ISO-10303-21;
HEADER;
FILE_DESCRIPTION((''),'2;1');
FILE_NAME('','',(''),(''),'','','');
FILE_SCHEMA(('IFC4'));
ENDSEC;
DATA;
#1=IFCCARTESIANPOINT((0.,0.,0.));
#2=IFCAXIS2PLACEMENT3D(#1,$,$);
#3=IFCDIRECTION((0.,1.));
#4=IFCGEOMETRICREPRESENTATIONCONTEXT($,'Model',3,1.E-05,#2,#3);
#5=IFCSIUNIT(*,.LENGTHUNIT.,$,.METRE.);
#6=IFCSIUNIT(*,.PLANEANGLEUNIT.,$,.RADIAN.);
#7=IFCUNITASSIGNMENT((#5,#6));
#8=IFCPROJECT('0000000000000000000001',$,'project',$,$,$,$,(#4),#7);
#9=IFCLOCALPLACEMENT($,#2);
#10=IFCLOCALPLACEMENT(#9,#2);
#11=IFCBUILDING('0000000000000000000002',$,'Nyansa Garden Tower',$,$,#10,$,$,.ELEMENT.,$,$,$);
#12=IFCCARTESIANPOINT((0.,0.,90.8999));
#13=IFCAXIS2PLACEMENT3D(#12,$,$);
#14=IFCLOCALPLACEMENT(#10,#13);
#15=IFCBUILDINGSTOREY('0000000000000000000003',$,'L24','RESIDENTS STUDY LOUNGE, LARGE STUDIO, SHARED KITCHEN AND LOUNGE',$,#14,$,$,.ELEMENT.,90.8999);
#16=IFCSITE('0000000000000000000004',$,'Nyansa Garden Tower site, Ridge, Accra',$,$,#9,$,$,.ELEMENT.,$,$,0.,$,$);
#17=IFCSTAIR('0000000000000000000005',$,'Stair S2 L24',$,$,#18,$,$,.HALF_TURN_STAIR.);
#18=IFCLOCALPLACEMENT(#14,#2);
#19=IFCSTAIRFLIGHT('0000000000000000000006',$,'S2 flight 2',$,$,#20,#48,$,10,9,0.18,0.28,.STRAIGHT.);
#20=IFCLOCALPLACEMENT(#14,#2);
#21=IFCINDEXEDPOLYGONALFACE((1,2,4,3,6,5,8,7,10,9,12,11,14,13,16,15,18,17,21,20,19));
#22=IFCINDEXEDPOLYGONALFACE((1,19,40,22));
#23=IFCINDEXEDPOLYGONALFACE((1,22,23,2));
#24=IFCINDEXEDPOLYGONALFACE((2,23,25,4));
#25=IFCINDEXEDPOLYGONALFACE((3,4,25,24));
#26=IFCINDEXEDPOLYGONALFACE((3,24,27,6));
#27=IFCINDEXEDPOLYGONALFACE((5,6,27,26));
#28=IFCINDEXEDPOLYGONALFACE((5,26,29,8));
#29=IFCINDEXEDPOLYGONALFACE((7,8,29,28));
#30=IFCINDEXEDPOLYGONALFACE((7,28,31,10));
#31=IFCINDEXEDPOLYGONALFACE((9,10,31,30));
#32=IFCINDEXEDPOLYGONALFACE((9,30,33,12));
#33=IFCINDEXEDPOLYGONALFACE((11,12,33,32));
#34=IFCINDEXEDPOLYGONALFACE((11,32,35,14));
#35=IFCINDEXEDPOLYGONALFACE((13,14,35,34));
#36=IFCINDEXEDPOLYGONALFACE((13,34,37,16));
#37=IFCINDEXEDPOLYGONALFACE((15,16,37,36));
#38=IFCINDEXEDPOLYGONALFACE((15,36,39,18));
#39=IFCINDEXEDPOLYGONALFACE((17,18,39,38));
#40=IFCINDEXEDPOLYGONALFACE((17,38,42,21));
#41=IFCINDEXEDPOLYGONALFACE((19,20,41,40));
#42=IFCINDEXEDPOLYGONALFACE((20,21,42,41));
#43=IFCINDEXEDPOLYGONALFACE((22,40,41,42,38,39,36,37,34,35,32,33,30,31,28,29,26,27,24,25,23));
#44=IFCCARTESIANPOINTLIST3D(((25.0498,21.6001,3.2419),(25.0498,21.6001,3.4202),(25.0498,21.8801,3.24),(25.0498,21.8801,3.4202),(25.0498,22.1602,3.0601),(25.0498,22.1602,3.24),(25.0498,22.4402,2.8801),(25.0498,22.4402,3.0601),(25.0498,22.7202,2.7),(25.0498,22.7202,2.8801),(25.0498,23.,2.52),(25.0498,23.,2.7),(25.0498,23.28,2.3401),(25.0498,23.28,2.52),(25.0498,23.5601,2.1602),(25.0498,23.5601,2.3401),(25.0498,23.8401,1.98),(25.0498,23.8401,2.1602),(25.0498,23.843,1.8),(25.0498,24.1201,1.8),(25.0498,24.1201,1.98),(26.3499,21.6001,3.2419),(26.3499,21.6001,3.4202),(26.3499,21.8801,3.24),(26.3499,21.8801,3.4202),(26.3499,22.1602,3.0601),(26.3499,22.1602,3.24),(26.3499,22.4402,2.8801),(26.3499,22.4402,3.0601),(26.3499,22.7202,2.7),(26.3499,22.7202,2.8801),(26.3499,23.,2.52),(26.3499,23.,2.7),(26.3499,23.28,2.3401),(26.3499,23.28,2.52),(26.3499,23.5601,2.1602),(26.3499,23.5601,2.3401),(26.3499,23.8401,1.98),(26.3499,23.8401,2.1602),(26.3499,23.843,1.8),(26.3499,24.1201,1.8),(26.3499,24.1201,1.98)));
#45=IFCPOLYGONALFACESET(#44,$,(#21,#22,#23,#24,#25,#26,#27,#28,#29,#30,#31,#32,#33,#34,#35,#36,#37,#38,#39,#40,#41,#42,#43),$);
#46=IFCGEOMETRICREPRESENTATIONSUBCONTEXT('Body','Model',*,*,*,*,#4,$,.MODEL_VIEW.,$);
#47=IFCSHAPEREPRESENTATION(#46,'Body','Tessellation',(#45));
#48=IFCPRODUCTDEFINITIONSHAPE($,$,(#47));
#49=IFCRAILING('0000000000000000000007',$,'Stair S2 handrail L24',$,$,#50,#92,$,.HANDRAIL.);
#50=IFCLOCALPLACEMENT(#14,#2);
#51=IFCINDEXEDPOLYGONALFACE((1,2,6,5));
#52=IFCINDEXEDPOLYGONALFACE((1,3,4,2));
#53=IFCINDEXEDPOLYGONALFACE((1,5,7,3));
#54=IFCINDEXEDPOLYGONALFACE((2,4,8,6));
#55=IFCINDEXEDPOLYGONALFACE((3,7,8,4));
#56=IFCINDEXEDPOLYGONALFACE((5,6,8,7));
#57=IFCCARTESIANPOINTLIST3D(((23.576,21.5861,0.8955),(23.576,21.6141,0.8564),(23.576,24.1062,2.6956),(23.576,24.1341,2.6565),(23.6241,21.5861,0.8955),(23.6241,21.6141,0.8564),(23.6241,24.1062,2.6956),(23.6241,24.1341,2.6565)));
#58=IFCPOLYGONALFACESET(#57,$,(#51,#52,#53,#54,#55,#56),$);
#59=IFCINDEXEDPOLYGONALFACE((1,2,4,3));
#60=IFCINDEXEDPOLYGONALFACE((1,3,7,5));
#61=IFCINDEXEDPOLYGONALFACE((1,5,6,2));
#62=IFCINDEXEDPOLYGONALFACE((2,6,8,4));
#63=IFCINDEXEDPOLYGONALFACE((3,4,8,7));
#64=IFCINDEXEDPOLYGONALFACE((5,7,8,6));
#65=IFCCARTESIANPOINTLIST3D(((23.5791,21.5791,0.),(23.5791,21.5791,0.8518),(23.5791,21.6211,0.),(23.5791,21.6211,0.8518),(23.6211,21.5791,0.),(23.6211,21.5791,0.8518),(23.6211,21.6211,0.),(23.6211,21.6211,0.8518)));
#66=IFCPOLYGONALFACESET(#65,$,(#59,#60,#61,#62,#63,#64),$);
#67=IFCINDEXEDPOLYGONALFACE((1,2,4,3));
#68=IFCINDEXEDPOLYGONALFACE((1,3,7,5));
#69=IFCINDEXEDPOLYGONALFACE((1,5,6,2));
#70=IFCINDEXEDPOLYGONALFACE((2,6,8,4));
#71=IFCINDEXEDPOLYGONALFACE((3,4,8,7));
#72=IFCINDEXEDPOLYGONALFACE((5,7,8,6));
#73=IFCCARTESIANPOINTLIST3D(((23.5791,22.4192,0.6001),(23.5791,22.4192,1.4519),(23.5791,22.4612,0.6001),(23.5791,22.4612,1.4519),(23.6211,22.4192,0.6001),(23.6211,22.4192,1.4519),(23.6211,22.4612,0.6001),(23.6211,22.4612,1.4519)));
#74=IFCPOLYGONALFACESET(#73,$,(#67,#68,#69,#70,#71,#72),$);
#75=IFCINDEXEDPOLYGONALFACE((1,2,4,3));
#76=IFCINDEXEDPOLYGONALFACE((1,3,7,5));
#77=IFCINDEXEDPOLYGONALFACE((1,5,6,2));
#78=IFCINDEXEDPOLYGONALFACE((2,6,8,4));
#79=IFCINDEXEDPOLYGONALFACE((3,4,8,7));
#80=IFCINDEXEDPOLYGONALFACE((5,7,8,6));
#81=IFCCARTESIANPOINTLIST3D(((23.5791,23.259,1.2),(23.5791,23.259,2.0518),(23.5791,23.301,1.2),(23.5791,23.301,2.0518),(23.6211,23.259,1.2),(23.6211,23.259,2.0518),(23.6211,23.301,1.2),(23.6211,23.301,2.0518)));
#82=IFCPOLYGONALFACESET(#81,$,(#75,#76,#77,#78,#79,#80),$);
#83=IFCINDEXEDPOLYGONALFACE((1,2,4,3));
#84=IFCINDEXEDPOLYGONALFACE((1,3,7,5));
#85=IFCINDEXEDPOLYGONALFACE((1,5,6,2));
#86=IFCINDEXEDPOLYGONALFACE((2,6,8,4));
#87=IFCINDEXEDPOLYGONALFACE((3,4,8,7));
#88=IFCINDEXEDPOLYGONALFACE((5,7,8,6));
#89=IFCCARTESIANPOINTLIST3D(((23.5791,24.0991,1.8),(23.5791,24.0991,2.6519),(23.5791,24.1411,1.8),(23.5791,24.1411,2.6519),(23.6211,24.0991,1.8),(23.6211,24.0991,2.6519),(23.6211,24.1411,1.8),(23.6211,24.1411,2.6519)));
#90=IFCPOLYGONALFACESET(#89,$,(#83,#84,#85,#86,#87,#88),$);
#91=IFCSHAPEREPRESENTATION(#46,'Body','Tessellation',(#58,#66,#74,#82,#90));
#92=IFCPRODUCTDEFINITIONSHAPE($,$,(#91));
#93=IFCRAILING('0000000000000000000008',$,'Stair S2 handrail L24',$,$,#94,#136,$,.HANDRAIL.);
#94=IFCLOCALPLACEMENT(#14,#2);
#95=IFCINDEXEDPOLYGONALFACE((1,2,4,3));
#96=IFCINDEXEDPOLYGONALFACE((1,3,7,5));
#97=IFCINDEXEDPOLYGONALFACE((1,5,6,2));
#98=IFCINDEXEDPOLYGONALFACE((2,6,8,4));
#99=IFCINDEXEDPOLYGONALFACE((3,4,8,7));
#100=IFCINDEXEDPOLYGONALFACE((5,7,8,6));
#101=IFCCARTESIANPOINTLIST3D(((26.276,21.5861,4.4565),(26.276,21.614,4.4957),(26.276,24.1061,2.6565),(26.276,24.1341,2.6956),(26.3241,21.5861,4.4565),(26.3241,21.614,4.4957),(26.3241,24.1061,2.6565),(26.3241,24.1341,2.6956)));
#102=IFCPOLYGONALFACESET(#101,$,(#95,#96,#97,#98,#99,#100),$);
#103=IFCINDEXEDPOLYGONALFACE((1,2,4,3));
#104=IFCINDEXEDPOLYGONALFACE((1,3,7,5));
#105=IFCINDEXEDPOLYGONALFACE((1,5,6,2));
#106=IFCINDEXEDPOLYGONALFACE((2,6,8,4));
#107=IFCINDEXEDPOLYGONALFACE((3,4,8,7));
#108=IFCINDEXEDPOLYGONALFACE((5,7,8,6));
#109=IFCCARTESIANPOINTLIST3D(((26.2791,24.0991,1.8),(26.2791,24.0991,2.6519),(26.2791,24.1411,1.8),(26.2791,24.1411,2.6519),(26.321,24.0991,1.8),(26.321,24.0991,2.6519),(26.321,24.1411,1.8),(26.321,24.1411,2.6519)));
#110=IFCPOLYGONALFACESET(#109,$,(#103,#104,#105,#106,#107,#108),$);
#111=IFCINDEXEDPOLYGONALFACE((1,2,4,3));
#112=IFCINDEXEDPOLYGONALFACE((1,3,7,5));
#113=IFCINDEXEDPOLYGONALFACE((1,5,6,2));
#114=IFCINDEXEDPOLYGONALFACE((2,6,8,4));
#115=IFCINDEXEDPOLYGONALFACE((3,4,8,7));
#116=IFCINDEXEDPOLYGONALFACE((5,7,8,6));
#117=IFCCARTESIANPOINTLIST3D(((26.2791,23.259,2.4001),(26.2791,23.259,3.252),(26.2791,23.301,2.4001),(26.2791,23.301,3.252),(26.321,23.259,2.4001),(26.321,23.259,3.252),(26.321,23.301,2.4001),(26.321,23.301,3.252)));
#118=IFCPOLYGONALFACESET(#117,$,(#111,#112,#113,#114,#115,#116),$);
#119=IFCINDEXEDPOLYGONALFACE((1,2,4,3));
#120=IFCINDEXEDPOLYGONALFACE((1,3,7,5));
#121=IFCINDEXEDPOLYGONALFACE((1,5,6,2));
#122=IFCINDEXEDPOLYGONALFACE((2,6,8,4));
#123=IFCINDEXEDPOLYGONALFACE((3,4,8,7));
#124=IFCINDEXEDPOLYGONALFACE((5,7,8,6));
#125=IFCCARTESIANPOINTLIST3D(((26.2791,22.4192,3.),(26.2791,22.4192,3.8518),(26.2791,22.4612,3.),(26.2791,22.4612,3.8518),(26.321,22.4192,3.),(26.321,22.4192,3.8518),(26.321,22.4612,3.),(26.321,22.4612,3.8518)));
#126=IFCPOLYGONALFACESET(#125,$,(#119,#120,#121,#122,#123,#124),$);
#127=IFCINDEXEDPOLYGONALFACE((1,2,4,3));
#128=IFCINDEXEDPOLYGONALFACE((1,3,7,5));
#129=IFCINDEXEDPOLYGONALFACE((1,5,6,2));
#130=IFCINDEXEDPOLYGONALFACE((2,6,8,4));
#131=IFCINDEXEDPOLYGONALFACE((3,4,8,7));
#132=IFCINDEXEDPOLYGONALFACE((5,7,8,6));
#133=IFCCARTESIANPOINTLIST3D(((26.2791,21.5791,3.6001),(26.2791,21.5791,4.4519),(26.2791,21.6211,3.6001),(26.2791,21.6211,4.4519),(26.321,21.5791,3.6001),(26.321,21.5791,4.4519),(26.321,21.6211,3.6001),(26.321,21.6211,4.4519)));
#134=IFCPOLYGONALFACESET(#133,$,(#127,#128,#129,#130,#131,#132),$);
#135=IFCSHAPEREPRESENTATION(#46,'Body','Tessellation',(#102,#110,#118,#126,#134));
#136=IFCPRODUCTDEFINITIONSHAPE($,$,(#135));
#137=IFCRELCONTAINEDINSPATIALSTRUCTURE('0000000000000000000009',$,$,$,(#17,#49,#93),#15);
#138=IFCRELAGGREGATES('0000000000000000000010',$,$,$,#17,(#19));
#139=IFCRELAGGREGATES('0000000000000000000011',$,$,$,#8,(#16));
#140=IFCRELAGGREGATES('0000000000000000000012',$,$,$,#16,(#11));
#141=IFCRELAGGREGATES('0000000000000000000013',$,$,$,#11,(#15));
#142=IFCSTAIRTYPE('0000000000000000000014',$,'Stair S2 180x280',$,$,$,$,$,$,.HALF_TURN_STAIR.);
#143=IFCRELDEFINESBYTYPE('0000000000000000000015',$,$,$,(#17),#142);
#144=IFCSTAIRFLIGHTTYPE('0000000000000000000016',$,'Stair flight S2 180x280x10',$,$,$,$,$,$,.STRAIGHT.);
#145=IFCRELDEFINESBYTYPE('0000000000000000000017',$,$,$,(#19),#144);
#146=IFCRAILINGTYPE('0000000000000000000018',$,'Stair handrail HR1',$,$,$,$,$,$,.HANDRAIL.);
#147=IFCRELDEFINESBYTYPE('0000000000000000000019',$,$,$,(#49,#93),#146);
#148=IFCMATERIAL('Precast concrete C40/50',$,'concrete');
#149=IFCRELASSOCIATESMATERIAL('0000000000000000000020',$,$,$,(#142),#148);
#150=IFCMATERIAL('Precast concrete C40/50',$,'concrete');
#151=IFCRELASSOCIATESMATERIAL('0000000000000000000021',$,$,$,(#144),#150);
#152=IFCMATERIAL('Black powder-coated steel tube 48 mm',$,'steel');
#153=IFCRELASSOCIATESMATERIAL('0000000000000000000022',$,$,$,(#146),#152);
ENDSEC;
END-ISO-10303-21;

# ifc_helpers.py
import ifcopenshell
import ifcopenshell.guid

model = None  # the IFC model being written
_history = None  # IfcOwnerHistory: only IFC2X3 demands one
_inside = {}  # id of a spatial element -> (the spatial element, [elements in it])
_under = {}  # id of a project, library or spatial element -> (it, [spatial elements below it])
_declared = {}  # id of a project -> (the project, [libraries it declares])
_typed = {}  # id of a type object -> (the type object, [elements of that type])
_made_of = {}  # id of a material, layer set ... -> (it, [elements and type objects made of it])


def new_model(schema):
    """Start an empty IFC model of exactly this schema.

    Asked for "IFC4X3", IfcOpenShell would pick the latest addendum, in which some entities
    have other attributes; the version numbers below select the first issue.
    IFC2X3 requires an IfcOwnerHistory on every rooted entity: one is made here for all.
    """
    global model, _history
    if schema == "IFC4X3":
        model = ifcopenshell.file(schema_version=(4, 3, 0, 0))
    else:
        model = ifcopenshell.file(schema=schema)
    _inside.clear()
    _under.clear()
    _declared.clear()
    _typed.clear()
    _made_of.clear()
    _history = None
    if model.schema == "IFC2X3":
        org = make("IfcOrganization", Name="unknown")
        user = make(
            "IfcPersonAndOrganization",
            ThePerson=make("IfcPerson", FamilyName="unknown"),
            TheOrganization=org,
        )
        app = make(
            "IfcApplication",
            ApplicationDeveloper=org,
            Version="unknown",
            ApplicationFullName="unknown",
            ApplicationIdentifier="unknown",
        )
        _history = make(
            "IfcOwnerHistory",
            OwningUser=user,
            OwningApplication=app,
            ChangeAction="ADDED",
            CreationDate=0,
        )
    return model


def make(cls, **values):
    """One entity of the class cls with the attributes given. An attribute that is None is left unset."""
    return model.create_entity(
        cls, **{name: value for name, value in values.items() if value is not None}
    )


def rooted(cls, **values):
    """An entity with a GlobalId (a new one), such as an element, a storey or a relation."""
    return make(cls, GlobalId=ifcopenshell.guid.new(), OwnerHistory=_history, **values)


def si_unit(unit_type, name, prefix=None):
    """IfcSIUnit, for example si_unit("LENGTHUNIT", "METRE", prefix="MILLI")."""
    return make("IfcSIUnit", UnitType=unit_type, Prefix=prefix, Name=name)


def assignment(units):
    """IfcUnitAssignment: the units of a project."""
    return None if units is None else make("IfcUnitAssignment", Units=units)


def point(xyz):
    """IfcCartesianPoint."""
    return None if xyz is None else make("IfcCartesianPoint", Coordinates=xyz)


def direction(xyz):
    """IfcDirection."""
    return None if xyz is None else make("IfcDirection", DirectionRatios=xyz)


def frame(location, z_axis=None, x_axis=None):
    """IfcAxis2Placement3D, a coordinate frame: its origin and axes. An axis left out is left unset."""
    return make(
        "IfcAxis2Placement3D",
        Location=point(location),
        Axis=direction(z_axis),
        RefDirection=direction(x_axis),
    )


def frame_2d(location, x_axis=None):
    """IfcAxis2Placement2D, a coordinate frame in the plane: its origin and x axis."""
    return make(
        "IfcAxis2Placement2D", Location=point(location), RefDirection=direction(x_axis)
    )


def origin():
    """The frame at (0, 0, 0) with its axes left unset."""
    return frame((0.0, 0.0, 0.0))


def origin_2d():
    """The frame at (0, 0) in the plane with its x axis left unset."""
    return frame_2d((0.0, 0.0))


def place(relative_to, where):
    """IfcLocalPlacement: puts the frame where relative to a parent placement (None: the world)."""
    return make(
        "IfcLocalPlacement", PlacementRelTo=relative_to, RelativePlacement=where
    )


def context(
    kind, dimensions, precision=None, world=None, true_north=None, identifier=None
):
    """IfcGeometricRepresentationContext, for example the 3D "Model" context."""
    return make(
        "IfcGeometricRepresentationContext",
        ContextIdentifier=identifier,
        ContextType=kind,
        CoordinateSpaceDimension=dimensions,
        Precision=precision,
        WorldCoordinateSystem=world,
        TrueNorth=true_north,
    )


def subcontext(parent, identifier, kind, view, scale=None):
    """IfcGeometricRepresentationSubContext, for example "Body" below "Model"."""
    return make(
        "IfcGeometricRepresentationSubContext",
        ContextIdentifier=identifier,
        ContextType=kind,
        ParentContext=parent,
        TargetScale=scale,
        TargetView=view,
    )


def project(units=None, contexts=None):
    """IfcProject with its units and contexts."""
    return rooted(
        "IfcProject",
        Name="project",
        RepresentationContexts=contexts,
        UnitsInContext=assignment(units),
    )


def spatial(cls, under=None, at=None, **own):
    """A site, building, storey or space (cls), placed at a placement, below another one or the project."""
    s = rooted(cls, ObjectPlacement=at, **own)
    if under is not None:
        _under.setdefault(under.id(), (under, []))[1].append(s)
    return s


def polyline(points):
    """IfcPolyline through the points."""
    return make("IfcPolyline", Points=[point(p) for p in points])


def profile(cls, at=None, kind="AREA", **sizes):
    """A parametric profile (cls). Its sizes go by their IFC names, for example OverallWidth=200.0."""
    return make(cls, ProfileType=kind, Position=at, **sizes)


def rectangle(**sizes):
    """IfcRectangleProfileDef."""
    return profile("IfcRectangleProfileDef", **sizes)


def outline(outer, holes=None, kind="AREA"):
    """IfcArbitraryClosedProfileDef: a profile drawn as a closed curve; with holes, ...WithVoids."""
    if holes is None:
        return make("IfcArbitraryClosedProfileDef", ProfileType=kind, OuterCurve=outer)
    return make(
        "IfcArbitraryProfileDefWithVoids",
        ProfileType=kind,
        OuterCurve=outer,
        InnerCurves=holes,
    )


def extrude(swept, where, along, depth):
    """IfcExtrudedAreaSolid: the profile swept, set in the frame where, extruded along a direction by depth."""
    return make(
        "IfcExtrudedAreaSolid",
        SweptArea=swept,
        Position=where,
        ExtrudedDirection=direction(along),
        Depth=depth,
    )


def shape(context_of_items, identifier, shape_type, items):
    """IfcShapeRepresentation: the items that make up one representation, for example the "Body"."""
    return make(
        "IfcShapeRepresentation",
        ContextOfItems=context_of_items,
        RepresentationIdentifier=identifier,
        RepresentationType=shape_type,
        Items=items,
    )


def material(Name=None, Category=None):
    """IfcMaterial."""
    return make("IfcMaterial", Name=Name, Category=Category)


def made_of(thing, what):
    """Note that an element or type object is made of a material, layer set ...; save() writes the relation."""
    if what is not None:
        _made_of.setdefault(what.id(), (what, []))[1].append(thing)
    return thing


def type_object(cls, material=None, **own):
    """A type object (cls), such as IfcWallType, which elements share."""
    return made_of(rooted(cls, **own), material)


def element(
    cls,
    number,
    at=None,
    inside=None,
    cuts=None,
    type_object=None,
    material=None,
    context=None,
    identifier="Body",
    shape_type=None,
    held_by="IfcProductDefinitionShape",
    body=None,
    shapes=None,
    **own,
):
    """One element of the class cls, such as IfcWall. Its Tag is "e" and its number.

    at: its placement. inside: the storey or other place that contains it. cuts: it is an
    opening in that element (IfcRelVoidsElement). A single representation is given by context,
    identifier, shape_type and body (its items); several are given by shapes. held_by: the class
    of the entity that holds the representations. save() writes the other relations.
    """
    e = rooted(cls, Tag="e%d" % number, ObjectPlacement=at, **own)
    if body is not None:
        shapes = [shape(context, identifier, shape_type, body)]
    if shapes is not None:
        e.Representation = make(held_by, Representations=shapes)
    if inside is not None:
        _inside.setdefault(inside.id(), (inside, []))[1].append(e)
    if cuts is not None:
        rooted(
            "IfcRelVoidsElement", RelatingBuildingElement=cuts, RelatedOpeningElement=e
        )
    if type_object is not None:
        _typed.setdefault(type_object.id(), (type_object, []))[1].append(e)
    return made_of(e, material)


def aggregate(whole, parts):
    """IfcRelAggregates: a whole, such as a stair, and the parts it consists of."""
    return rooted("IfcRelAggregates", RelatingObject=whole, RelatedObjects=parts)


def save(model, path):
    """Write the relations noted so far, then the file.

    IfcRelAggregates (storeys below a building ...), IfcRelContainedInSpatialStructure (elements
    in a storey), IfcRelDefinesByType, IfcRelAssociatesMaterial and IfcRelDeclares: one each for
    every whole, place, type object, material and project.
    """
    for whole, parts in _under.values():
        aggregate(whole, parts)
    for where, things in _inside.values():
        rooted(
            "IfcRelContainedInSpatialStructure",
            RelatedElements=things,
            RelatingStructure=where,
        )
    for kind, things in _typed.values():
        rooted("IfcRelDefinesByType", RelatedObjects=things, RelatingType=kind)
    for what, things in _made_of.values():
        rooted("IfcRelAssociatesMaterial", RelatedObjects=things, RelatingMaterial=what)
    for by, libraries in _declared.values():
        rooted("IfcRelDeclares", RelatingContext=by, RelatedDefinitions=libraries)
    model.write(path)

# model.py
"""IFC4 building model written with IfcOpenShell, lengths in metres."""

from ifc_helpers import new_model, si_unit, direction, frame, origin, origin_2d, place, context, subcontext, project, spatial, polyline, rectangle, outline, extrude, material, type_object, element, aggregate, save


model = new_model("IFC4")

# Units and contexts
model_context = context("Model", 3, precision=1e-05, world=origin(), true_north=direction((0.0, 1.0)))
body_context = subcontext(model_context, "Body", "Model", "MODEL_VIEW")
ifc_project = project(units=[si_unit("LENGTHUNIT", "METRE"), si_unit("PLANEANGLEUNIT", "RADIAN")], contexts=[model_context])

# Site, building, storey
site_placement = place(None, origin())
site = spatial("IfcSite", under=ifc_project, at=site_placement, Name="Nyansa Garden Tower site, Ridge, Accra", CompositionType="ELEMENT", RefElevation=0.0)
building_placement = place(site_placement, origin())
building = spatial("IfcBuilding", under=site, at=building_placement, Name="Nyansa Garden Tower", CompositionType="ELEMENT")
storey_placement = place(building_placement, frame((0.0, 0.0, 90.8999)))
storey = spatial("IfcBuildingStorey", under=building, at=storey_placement, Name="L24", Description="RESIDENTS STUDY LOUNGE, LARGE STUDIO, SHARED KITCHEN AND LOUNGE", CompositionType="ELEMENT", Elevation=90.8999)

# Stair, stair flight
ifc_material_1 = material(Name="Precast concrete C40/50", Category="concrete")
stair_type = type_object("IfcStairType", Name="Stair S2 180x280", PredefinedType="HALF_TURN_STAIR", material=ifc_material_1)
stair_placement = place(storey_placement, origin())
stair = element("IfcStair", 1, at=stair_placement, inside=storey, type_object=stair_type, Name="Stair S2 L24", PredefinedType="HALF_TURN_STAIR")
ifc_material_2 = material(Name="Precast concrete C40/50", Category="concrete")
stair_flight_type = type_object("IfcStairFlightType", Name="Stair flight S2 180x280x10", PredefinedType="STRAIGHT", material=ifc_material_2)
stair_flight_1_placement = place(storey_placement, frame((25.7, 24.1201, 1.8), z_axis=(0.0, 0.0, 1.0), x_axis=(0.0, -1.0, 0.0)))
stair_flight_1 = element("IfcStairFlight", 2, at=stair_flight_1_placement, type_object=stair_flight_type, Name="S2 flight 2", NumberOfRisers=10, NumberOfTreads=9, PredefinedType="STRAIGHT", RiserHeight=0.18, TreadLength=0.28, context=body_context, shape_type="SweptSolid", body=[
    extrude(outline(polyline([(0.0, 0.0), (0.0, 0.1799), (0.28, 0.1799), (0.28, 0.3601), (0.5601, 0.3601), (0.5601, 0.54), (0.8401, 0.54), (0.8401, 0.72), (1.1201, 0.72), (1.1201, 0.8999), (1.3999, 0.8999), (1.3999, 1.0801), (1.6799, 1.0801), (1.6799, 1.26), (1.96, 1.26), (1.96, 1.4399), (2.24, 1.4399), (2.24, 1.6201), (2.52, 1.6201), (2.52, 1.8), (2.52, 1.4419), (0.2771, 0.0), (0.0, 0.0)])), frame((0.0, 0.6499, 0.0), z_axis=(0.0, -1.0, 0.0), x_axis=(1.0, 0.0, 0.0)), (0.0, 0.0, 1.0), 1.3),
])
aggregate(stair, [stair_flight_1])

# Railings
ifc_material_3 = material(Name="Black powder-coated steel tube 48 mm", Category="steel")
railing_type = type_object("IfcRailingType", Name="Stair handrail HR1", PredefinedType="HANDRAIL", material=ifc_material_3)
railing_1_placement = place(storey_placement, frame((23.6001, 21.6001, 0.0)))
element("IfcRailing", 3, at=railing_1_placement, inside=storey, type_object=railing_type, Name="Stair S2 handrail L24", PredefinedType="HANDRAIL", context=body_context, shape_type="SweptSolid", body=[
    extrude(rectangle(XDim=0.0481, YDim=0.0481, at=origin_2d()), frame((0.0, 0.0, 0.876), z_axis=(0.0, 0.813728, 0.581246), x_axis=(-1.0, 0.0, 0.0)), (0.0, 0.0, 1.0), 3.0969),
    extrude(rectangle(XDim=0.042, YDim=0.042, at=origin_2d()), origin(), (0.0, 0.0, 1.0), 0.8518),
    extrude(rectangle(XDim=0.042, YDim=0.042, at=origin_2d()), frame((0.0, 0.8401, 0.6001)), (0.0, 0.0, 1.0), 0.8518),
    extrude(rectangle(XDim=0.042, YDim=0.042, at=origin_2d()), frame((0.0, 1.6799, 1.2)), (0.0, 0.0, 1.0), 0.8518),
    extrude(rectangle(XDim=0.042, YDim=0.042, at=origin_2d()), frame((0.0, 2.52, 1.8)), (0.0, 0.0, 1.0), 0.8518),
])
railing_2_placement = place(storey_placement, frame((26.3, 24.1201, 1.8)))
element("IfcRailing", 4, at=railing_2_placement, inside=storey, type_object=railing_type, Name="Stair S2 handrail L24", PredefinedType="HANDRAIL", context=body_context, shape_type="SweptSolid", body=[
    extrude(rectangle(XDim=0.0481, YDim=0.0481, at=origin_2d()), frame((0.0, 0.0, 0.876), z_axis=(0.0, -0.813728, 0.581246), x_axis=(1.0, 0.0, 0.0)), (0.0, 0.0, 1.0), 3.0969),
    extrude(rectangle(XDim=0.042, YDim=0.042, at=origin_2d()), origin(), (0.0, 0.0, 1.0), 0.8518),
    extrude(rectangle(XDim=0.042, YDim=0.042, at=origin_2d()), frame((0.0, -0.8401, 0.6001)), (0.0, 0.0, 1.0), 0.8518),
    extrude(rectangle(XDim=0.042, YDim=0.042, at=origin_2d()), frame((0.0, -1.6799, 1.2)), (0.0, 0.0, 1.0), 0.8518),
    extrude(rectangle(XDim=0.042, YDim=0.042, at=origin_2d()), frame((0.0, -2.52, 1.8)), (0.0, 0.0, 1.0), 0.8518),
])

save(model, "model.ifc")
